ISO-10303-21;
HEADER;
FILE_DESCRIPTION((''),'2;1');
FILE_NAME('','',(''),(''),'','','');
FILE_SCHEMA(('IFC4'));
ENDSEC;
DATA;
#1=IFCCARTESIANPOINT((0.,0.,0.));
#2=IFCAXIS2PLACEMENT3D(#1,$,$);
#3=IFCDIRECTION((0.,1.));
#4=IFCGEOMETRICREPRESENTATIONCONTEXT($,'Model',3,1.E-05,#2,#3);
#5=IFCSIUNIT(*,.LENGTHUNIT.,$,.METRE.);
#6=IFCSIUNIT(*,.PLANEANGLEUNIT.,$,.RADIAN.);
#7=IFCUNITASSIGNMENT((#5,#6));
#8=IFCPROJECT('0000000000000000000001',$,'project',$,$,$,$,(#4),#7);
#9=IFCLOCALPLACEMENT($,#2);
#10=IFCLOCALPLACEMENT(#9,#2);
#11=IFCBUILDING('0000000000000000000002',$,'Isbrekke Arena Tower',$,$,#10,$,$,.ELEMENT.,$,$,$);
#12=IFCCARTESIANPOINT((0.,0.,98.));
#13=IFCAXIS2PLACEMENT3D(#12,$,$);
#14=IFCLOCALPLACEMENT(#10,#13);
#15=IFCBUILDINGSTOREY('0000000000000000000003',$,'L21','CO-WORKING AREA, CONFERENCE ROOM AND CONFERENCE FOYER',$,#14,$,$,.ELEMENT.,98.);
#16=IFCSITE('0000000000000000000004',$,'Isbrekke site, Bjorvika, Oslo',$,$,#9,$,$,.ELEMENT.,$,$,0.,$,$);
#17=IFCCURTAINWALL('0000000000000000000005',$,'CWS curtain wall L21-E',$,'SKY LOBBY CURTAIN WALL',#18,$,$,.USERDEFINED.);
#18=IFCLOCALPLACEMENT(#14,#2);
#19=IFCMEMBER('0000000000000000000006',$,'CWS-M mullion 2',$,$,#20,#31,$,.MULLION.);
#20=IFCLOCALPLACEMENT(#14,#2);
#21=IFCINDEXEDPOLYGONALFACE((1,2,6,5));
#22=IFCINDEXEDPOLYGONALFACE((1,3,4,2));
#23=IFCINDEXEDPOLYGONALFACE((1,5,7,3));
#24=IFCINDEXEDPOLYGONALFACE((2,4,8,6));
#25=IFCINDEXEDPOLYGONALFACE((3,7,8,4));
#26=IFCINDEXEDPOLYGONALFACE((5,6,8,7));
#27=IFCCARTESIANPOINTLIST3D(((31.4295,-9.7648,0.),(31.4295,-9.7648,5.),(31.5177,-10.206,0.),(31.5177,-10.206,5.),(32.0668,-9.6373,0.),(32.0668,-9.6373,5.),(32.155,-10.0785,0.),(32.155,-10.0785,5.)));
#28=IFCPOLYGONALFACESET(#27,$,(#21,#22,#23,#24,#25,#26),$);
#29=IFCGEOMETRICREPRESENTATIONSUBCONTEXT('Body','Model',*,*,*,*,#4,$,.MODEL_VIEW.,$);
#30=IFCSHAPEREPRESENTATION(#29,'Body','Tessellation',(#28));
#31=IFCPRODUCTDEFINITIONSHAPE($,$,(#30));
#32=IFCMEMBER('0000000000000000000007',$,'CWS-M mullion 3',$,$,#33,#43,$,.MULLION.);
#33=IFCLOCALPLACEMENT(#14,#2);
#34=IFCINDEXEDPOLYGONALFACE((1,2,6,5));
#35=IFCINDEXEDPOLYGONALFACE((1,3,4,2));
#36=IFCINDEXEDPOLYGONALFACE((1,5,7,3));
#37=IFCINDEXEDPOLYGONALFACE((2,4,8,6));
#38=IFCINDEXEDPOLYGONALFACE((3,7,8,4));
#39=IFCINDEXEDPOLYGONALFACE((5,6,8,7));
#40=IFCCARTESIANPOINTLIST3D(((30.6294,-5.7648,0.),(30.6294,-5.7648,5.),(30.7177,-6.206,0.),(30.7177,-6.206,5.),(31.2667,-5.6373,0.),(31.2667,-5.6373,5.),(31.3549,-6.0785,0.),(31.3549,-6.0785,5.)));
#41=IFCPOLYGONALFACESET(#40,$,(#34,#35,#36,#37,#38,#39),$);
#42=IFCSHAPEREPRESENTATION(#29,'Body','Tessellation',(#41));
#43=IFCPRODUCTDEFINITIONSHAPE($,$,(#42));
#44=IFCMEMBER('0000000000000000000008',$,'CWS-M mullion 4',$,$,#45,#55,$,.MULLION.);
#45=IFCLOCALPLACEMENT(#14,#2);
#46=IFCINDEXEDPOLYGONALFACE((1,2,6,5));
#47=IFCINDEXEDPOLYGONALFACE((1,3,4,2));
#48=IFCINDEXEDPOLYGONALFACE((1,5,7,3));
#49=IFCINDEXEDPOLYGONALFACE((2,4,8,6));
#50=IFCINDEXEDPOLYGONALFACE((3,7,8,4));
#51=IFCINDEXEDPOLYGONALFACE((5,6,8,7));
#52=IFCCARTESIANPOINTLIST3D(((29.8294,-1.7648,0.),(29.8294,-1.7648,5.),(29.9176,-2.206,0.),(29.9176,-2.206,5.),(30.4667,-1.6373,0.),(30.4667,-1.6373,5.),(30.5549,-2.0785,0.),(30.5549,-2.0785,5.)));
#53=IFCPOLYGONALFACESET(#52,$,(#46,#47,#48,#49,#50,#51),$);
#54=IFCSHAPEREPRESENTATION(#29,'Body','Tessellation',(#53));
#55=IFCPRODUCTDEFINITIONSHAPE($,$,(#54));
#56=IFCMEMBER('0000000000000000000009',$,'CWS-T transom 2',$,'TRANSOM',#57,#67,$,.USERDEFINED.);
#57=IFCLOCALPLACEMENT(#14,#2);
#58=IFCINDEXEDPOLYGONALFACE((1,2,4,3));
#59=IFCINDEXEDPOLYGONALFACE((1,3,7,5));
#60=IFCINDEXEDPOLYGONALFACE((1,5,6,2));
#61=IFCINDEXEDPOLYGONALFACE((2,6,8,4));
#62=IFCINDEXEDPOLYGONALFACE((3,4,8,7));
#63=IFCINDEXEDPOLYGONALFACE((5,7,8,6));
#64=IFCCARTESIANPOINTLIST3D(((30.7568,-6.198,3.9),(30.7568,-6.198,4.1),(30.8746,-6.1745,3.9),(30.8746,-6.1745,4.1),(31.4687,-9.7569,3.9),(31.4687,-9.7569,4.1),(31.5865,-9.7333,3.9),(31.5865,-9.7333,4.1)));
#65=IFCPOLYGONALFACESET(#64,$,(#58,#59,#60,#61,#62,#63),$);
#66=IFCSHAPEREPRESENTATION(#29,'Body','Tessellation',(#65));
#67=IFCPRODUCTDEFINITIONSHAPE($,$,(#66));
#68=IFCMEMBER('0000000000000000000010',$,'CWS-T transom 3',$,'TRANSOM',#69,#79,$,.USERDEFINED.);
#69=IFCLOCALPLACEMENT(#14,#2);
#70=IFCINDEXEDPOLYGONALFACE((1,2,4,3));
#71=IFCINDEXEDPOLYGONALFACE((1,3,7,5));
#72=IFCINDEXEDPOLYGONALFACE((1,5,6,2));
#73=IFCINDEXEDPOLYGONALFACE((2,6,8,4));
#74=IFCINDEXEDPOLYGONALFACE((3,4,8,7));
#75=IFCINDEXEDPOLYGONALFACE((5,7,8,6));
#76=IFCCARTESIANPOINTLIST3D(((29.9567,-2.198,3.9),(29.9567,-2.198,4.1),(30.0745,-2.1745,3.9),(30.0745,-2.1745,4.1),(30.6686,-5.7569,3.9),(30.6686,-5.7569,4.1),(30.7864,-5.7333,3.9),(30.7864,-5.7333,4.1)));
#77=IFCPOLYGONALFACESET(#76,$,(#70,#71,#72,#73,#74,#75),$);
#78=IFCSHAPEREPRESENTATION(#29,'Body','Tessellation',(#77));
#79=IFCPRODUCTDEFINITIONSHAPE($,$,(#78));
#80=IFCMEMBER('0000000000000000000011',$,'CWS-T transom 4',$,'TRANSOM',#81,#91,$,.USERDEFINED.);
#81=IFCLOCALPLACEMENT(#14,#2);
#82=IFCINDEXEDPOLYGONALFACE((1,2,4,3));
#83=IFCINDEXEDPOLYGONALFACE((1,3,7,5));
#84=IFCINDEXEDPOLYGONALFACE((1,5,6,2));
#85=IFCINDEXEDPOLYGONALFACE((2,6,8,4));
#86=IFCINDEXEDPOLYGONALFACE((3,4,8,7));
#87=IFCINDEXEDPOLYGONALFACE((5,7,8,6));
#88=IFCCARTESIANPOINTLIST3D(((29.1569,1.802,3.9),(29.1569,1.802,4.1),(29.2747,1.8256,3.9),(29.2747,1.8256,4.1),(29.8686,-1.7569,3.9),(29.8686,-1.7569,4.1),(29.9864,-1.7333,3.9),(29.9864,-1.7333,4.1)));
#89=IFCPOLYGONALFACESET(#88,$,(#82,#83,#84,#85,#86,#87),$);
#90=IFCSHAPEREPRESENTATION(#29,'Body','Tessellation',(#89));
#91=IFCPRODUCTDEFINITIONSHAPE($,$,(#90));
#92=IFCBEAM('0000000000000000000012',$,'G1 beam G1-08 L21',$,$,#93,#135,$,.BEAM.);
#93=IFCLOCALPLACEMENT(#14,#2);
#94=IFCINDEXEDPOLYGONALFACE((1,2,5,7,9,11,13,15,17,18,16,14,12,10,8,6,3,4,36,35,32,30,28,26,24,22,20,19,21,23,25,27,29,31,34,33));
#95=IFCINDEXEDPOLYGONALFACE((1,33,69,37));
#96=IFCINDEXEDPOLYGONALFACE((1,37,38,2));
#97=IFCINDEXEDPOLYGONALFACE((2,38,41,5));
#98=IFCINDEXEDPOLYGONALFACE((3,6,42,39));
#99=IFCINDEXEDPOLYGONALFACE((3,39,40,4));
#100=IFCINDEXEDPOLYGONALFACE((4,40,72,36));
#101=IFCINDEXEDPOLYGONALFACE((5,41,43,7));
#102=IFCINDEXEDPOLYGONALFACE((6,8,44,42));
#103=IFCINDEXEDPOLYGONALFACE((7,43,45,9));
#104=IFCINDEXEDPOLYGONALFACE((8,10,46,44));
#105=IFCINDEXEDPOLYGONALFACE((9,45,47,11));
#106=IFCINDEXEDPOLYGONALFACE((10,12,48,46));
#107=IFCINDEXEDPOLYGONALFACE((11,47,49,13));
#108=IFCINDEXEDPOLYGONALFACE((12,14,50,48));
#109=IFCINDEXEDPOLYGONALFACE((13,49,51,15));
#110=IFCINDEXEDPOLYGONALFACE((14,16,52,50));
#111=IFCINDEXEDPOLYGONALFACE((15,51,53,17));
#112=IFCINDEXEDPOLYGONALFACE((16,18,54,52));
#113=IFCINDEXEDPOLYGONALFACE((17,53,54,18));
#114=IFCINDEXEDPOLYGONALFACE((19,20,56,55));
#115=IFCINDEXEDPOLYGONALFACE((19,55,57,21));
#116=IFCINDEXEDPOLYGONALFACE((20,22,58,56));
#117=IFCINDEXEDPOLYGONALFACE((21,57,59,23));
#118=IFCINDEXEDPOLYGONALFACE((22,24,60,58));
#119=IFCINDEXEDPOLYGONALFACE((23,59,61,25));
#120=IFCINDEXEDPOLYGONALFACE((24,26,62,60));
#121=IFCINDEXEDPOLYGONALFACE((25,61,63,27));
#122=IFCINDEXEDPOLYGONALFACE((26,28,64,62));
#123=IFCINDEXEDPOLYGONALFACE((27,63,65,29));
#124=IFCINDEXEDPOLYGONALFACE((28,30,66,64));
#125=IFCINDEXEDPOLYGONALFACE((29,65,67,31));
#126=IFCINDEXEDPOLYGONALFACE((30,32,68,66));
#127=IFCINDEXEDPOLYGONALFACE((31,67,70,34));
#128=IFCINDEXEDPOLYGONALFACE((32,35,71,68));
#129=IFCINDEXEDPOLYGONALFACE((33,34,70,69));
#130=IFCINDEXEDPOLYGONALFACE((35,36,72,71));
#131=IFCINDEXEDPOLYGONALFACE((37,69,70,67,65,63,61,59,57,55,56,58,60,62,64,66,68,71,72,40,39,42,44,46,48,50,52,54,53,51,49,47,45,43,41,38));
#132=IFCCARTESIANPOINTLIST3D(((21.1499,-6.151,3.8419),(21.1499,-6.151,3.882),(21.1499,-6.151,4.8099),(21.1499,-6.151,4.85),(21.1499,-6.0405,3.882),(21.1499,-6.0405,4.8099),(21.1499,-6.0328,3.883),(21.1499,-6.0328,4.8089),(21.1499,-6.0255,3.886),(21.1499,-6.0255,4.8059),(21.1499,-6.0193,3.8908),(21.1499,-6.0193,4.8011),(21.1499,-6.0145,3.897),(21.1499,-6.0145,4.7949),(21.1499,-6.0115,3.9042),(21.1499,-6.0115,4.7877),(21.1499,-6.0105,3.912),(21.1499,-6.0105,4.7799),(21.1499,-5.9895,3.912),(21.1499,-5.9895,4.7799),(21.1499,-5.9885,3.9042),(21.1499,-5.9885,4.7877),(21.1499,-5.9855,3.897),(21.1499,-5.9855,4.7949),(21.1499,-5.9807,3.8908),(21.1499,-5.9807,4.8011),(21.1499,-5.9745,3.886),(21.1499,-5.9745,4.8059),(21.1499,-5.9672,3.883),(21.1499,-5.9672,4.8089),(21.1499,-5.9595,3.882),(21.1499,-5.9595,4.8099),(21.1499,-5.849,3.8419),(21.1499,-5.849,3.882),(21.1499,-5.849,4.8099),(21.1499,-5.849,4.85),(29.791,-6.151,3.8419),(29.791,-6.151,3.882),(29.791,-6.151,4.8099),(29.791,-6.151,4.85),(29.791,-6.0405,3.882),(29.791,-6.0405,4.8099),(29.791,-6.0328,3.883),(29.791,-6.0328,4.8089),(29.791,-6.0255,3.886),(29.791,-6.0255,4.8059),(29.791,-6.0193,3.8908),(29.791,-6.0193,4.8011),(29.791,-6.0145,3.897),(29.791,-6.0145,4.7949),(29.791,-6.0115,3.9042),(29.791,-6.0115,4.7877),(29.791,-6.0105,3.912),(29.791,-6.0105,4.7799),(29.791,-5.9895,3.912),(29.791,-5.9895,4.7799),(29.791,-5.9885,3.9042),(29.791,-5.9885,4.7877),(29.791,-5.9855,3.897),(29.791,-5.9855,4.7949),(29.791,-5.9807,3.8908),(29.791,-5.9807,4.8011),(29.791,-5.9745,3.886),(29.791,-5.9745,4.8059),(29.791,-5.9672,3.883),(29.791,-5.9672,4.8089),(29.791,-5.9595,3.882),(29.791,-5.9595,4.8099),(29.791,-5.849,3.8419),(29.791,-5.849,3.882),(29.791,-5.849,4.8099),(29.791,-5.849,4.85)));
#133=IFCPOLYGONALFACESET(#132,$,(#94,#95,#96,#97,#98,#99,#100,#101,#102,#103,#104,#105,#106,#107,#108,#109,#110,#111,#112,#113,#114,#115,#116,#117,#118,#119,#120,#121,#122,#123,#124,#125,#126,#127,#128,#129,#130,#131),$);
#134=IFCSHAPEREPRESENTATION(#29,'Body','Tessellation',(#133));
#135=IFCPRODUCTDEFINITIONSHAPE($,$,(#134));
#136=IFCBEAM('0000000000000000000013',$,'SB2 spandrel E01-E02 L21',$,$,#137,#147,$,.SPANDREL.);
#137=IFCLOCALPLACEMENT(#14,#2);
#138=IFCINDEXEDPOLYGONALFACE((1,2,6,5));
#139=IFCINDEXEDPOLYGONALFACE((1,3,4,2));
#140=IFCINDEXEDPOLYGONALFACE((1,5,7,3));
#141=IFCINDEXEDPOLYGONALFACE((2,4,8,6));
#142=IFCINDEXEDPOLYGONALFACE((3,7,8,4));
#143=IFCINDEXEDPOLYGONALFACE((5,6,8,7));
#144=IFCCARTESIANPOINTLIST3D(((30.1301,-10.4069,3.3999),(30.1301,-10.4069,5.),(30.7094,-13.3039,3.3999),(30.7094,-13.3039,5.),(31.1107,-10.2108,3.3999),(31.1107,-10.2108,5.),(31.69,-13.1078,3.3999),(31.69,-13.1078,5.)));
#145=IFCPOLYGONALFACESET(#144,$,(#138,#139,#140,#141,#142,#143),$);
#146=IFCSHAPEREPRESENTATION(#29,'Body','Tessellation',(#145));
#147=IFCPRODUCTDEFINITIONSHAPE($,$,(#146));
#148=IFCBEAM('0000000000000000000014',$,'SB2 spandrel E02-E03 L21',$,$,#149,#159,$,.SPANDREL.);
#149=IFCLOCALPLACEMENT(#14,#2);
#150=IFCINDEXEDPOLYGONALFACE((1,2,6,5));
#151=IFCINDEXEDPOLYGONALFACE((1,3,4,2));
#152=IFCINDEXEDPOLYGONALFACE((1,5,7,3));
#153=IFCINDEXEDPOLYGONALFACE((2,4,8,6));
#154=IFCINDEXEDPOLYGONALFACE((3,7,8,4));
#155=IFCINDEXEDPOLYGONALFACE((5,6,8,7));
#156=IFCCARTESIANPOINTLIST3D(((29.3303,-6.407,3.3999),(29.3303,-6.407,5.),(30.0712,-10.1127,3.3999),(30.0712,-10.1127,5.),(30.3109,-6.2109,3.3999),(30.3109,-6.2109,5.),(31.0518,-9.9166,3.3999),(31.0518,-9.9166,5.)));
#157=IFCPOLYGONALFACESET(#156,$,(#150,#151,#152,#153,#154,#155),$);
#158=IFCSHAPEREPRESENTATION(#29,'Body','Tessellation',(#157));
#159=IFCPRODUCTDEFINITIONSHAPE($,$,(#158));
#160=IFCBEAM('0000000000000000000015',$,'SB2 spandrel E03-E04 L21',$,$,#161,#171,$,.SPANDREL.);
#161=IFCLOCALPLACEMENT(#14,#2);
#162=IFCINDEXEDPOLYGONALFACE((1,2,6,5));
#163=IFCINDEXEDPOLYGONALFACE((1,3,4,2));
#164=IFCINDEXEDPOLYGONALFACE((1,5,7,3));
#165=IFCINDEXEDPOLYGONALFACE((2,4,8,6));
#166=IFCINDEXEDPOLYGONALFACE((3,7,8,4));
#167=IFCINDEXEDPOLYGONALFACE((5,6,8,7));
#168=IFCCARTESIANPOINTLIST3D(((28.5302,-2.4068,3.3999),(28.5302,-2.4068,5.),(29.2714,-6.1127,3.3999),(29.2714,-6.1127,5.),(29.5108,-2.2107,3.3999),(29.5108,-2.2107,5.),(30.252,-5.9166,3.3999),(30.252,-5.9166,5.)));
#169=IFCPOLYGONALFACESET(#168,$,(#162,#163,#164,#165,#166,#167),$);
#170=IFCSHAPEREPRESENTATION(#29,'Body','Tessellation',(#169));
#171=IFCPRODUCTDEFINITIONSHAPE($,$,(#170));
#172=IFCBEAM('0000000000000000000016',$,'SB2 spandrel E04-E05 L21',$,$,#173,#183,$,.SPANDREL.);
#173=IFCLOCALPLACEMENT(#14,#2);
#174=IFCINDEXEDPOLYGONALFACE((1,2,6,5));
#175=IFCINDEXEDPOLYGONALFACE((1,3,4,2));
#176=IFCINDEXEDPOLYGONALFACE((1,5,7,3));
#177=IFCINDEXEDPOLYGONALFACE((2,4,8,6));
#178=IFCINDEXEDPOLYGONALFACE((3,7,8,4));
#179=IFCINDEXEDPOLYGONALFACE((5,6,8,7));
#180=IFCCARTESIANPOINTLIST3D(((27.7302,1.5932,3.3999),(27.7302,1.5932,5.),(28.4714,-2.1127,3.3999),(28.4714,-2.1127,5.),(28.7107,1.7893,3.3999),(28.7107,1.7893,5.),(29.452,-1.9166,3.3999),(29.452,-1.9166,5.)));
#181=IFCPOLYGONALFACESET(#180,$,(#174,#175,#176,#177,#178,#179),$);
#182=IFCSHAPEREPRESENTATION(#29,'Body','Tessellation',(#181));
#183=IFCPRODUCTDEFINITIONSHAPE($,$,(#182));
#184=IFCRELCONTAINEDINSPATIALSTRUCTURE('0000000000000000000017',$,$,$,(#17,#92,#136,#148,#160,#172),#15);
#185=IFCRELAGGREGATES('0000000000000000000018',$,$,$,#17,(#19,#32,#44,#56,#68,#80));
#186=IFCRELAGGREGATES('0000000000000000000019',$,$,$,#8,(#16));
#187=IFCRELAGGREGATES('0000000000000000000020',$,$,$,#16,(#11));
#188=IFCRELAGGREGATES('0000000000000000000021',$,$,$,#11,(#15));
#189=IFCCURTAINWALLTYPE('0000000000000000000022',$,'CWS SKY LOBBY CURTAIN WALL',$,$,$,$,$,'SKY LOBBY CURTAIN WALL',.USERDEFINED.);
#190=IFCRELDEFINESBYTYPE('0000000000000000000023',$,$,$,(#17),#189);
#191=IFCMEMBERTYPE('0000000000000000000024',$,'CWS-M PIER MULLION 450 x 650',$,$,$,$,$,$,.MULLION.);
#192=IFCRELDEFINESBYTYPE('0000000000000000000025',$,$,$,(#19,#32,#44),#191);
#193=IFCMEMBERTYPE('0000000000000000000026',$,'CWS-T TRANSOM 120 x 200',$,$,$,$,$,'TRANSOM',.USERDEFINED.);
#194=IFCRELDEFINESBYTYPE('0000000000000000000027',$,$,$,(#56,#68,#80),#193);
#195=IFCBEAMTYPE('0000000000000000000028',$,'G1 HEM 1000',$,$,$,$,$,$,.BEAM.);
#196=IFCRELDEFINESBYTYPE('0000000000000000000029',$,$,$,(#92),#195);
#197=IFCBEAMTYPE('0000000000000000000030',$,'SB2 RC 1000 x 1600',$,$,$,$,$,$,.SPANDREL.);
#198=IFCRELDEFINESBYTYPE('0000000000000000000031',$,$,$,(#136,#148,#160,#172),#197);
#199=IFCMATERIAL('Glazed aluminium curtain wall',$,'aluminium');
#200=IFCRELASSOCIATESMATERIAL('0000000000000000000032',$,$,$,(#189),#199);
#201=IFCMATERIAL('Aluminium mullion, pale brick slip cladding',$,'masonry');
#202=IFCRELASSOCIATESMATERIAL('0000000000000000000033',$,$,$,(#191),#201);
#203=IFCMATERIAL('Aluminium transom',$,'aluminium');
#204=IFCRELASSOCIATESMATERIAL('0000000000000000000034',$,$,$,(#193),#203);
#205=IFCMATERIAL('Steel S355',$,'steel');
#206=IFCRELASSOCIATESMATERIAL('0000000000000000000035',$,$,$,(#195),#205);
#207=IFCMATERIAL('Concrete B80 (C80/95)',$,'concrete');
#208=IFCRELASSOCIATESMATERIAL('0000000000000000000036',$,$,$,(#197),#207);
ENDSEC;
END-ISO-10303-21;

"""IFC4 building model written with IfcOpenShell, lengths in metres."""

from ifc_helpers import new_model, si_unit, direction, frame, origin, origin_2d, place, context, subcontext, project, spatial, rectangle, i_section, extrude, material, material_profile, profile_set, type_object, element, aggregate, save


model = new_model("IFC4")

# Units and contexts
model_context = context("Model", 3, precision=1e-05, world=origin(), true_north=direction((0.0, 1.0)))
body_context = subcontext(model_context, "Body", "Model", "MODEL_VIEW")
ifc_project = project(units=[si_unit("LENGTHUNIT", "METRE"), si_unit("PLANEANGLEUNIT", "RADIAN")], contexts=[model_context])

# Site, building, storey
site_placement = place(None, origin())
site = spatial("IfcSite", under=ifc_project, at=site_placement, Name="Isbrekke site, Bjorvika, Oslo", CompositionType="ELEMENT", RefElevation=0.0)
building_placement = place(site_placement, origin())
building = spatial("IfcBuilding", under=site, at=building_placement, Name="Isbrekke Arena Tower", CompositionType="ELEMENT")
storey_placement = place(building_placement, frame((0.0, 0.0, 98.0)))
storey = spatial("IfcBuildingStorey", under=building, at=storey_placement, Name="L21", Description="CO-WORKING AREA, CONFERENCE ROOM AND CONFERENCE FOYER", CompositionType="ELEMENT", Elevation=98.0)

# Curtain wall, members
ifc_material_1 = material(Name="Glazed aluminium curtain wall", Category="aluminium")
curtain_wall_type = type_object("IfcCurtainWallType", Name="CWS SKY LOBBY CURTAIN WALL", ElementType="SKY LOBBY CURTAIN WALL", PredefinedType="USERDEFINED", material=ifc_material_1)
curtain_wall_placement = place(storey_placement, origin())
curtain_wall = element("IfcCurtainWall", 1, at=curtain_wall_placement, inside=storey, type_object=curtain_wall_type, Name="CWS curtain wall L21-E", ObjectType="SKY LOBBY CURTAIN WALL", PredefinedType="USERDEFINED")
ifc_material_2 = material(Name="Aluminium mullion, pale brick slip cladding", Category="masonry")
ifc_material_profile_1 = material_profile(ifc_material_2, rectangle(XDim=0.45, YDim=0.6499, at=origin_2d()), Name="PIER 450X650")
ifc_profile_set_1 = profile_set([ifc_material_profile_1], Name="Aluminium mullion, pale brick slip cladding")
member_type_1 = type_object("IfcMemberType", Name="CWS-M PIER MULLION 450 x 650", PredefinedType="MULLION", material=ifc_profile_set_1)
member_1_placement = place(storey_placement, frame((31.7922, -9.9216, 0.0), z_axis=(0.0, 0.0, 1.0), x_axis=(-0.196116, 0.980581, 0.0)))
member_1 = element("IfcMember", 2, at=member_1_placement, type_object=member_type_1, Name="CWS-M mullion 2", PredefinedType="MULLION", context=body_context, shape_type="SweptSolid", body=[
    extrude(rectangle(XDim=0.45, YDim=0.6499, at=origin_2d()), origin(), (0.0, 0.0, 1.0), 5.0),
])
member_2_placement = place(storey_placement, frame((30.9922, -5.9216, 0.0), z_axis=(0.0, 0.0, 1.0), x_axis=(-0.196116, 0.980581, 0.0)))
member_2 = element("IfcMember", 3, at=member_2_placement, type_object=member_type_1, Name="CWS-M mullion 3", PredefinedType="MULLION", context=body_context, shape_type="SweptSolid", body=[
    extrude(rectangle(XDim=0.45, YDim=0.6499, at=origin_2d()), origin(), (0.0, 0.0, 1.0), 5.0),
])
member_3_placement = place(storey_placement, frame((30.1921, -1.9216, 0.0), z_axis=(0.0, 0.0, 1.0), x_axis=(-0.196116, 0.980581, 0.0)))
member_3 = element("IfcMember", 4, at=member_3_placement, type_object=member_type_1, Name="CWS-M mullion 4", PredefinedType="MULLION", context=body_context, shape_type="SweptSolid", body=[
    extrude(rectangle(XDim=0.45, YDim=0.6499, at=origin_2d()), origin(), (0.0, 0.0, 1.0), 5.0),
])
ifc_material_3 = material(Name="Aluminium transom", Category="aluminium")
ifc_material_profile_2 = material_profile(ifc_material_3, rectangle(XDim=0.1201, YDim=0.2, at=origin_2d()), Name="TRANSOM 120X200")
ifc_profile_set_2 = profile_set([ifc_material_profile_2], Name="Aluminium transom")
member_type_2 = type_object("IfcMemberType", Name="CWS-T TRANSOM 120 x 200", ElementType="TRANSOM", PredefinedType="USERDEFINED", material=ifc_profile_set_2)
member_4_placement = place(storey_placement, frame((31.5276, -9.7451, 4.0), z_axis=(-0.196155, 0.980573, 0.0), x_axis=(-0.980573, -0.196155, 0.0)))
member_4 = element("IfcMember", 5, at=member_4_placement, type_object=member_type_2, Name="CWS-T transom 2", ObjectType="TRANSOM", PredefinedType="USERDEFINED", context=body_context, shape_type="SweptSolid", body=[
    extrude(rectangle(XDim=0.1201, YDim=0.2, at=origin_2d()), origin(), (0.0, 0.0, 1.0), 3.6294),
])
member_5_placement = place(storey_placement, frame((30.7275, -5.7451, 4.0), z_axis=(-0.196155, 0.980573, 0.0), x_axis=(-0.980573, -0.196155, 0.0)))
member_5 = element("IfcMember", 6, at=member_5_placement, type_object=member_type_2, Name="CWS-T transom 3", ObjectType="TRANSOM", PredefinedType="USERDEFINED", context=body_context, shape_type="SweptSolid", body=[
    extrude(rectangle(XDim=0.1201, YDim=0.2, at=origin_2d()), origin(), (0.0, 0.0, 1.0), 3.6294),
])
member_6_placement = place(storey_placement, frame((29.9275, -1.7451, 4.0), z_axis=(-0.19609, 0.980586, 0.0), x_axis=(-0.980586, -0.19609, 0.0)))
member_6 = element("IfcMember", 7, at=member_6_placement, type_object=member_type_2, Name="CWS-T transom 4", ObjectType="TRANSOM", PredefinedType="USERDEFINED", context=body_context, shape_type="SweptSolid", body=[
    extrude(rectangle(XDim=0.1201, YDim=0.2, at=origin_2d()), origin(), (0.0, 0.0, 1.0), 3.6294),
])

# Beams
ifc_material_4 = material(Name="Steel S355", Category="steel")
ifc_material_profile_3 = material_profile(ifc_material_4, i_section(OverallWidth=0.302, OverallDepth=1.0081, WebThickness=0.021, FlangeThickness=0.04, FilletRadius=0.03, at=origin_2d()), Name="HEM 1000")
ifc_profile_set_3 = profile_set([ifc_material_profile_3], Name="Steel S355")
beam_type_1 = type_object("IfcBeamType", Name="G1 HEM 1000", PredefinedType="BEAM", material=ifc_profile_set_3)
beam_1_placement = place(storey_placement, frame((21.1499, -6.0, 4.3459), z_axis=(1.0, 0.0, 0.0), x_axis=(0.0, 1.0, 0.0)))
element("IfcBeam", 8, at=beam_1_placement, inside=storey, type_object=beam_type_1, Name="G1 beam G1-08 L21", PredefinedType="BEAM", context=body_context, shape_type="SweptSolid", body=[
    extrude(i_section(OverallWidth=0.302, OverallDepth=1.0081, WebThickness=0.021, FlangeThickness=0.04, FilletRadius=0.03, at=origin_2d()), origin(), (0.0, 0.0, 1.0), 8.6411),
])
ifc_material_5 = material(Name="Concrete B80 (C80/95)", Category="concrete")
ifc_material_profile_4 = material_profile(ifc_material_5, rectangle(XDim=1.0, YDim=1.6001, at=origin_2d()), Name="RC 1000x1600")
ifc_profile_set_4 = profile_set([ifc_material_profile_4], Name="Concrete B80 (C80/95)")
beam_type_2 = type_object("IfcBeamType", Name="SB2 RC 1000 x 1600", PredefinedType="SPANDREL", material=ifc_profile_set_4)
beam_2_placement = place(storey_placement, frame((31.1997, -13.2058, 4.2), z_axis=(-0.1961, 0.980584, 0.0), x_axis=(-0.980584, -0.1961, 0.0)))
element("IfcBeam", 9, at=beam_2_placement, inside=storey, type_object=beam_type_2, Name="SB2 spandrel E01-E02 L21", PredefinedType="SPANDREL", context=body_context, shape_type="SweptSolid", body=[
    extrude(rectangle(XDim=1.0, YDim=1.6001, at=origin_2d()), origin(), (0.0, 0.0, 1.0), 2.9543),
])
beam_3_placement = place(storey_placement, frame((30.5615, -10.0146, 4.2), z_axis=(-0.196066, 0.980591, 0.0), x_axis=(-0.980591, -0.196066, 0.0)))
element("IfcBeam", 10, at=beam_3_placement, inside=storey, type_object=beam_type_2, Name="SB2 spandrel E02-E03 L21", PredefinedType="SPANDREL", context=body_context, shape_type="SweptSolid", body=[
    extrude(rectangle(XDim=1.0, YDim=1.6001, at=origin_2d()), origin(), (0.0, 0.0, 1.0), 3.7791),
])
for number, where, z_axis, x_axis, name in (
    (11, (29.7617, -6.0146, 4.2), (-0.196129, 0.980578, 0.0), (-0.980578, -0.196129, 0.0), "SB2 spandrel E03-E04 L21"),
    (12, (28.9617, -2.0146, 4.2), (-0.196129, 0.980578, 0.0), (-0.980578, -0.196129, 0.0), "SB2 spandrel E04-E05 L21"),
):
    element("IfcBeam", number, at=place(storey_placement, frame(where, z_axis=z_axis, x_axis=x_axis)), inside=storey, type_object=beam_type_2, Name=name, PredefinedType="SPANDREL", context=body_context, shape_type="SweptSolid", body=[
        extrude(rectangle(XDim=1.0, YDim=1.6001, at=origin_2d()), origin(), (0.0, 0.0, 1.0), 3.7793),
    ])

aggregate(curtain_wall, [member_1, member_2, member_3, member_4, member_5, member_6])

save(model, "model.ifc")
